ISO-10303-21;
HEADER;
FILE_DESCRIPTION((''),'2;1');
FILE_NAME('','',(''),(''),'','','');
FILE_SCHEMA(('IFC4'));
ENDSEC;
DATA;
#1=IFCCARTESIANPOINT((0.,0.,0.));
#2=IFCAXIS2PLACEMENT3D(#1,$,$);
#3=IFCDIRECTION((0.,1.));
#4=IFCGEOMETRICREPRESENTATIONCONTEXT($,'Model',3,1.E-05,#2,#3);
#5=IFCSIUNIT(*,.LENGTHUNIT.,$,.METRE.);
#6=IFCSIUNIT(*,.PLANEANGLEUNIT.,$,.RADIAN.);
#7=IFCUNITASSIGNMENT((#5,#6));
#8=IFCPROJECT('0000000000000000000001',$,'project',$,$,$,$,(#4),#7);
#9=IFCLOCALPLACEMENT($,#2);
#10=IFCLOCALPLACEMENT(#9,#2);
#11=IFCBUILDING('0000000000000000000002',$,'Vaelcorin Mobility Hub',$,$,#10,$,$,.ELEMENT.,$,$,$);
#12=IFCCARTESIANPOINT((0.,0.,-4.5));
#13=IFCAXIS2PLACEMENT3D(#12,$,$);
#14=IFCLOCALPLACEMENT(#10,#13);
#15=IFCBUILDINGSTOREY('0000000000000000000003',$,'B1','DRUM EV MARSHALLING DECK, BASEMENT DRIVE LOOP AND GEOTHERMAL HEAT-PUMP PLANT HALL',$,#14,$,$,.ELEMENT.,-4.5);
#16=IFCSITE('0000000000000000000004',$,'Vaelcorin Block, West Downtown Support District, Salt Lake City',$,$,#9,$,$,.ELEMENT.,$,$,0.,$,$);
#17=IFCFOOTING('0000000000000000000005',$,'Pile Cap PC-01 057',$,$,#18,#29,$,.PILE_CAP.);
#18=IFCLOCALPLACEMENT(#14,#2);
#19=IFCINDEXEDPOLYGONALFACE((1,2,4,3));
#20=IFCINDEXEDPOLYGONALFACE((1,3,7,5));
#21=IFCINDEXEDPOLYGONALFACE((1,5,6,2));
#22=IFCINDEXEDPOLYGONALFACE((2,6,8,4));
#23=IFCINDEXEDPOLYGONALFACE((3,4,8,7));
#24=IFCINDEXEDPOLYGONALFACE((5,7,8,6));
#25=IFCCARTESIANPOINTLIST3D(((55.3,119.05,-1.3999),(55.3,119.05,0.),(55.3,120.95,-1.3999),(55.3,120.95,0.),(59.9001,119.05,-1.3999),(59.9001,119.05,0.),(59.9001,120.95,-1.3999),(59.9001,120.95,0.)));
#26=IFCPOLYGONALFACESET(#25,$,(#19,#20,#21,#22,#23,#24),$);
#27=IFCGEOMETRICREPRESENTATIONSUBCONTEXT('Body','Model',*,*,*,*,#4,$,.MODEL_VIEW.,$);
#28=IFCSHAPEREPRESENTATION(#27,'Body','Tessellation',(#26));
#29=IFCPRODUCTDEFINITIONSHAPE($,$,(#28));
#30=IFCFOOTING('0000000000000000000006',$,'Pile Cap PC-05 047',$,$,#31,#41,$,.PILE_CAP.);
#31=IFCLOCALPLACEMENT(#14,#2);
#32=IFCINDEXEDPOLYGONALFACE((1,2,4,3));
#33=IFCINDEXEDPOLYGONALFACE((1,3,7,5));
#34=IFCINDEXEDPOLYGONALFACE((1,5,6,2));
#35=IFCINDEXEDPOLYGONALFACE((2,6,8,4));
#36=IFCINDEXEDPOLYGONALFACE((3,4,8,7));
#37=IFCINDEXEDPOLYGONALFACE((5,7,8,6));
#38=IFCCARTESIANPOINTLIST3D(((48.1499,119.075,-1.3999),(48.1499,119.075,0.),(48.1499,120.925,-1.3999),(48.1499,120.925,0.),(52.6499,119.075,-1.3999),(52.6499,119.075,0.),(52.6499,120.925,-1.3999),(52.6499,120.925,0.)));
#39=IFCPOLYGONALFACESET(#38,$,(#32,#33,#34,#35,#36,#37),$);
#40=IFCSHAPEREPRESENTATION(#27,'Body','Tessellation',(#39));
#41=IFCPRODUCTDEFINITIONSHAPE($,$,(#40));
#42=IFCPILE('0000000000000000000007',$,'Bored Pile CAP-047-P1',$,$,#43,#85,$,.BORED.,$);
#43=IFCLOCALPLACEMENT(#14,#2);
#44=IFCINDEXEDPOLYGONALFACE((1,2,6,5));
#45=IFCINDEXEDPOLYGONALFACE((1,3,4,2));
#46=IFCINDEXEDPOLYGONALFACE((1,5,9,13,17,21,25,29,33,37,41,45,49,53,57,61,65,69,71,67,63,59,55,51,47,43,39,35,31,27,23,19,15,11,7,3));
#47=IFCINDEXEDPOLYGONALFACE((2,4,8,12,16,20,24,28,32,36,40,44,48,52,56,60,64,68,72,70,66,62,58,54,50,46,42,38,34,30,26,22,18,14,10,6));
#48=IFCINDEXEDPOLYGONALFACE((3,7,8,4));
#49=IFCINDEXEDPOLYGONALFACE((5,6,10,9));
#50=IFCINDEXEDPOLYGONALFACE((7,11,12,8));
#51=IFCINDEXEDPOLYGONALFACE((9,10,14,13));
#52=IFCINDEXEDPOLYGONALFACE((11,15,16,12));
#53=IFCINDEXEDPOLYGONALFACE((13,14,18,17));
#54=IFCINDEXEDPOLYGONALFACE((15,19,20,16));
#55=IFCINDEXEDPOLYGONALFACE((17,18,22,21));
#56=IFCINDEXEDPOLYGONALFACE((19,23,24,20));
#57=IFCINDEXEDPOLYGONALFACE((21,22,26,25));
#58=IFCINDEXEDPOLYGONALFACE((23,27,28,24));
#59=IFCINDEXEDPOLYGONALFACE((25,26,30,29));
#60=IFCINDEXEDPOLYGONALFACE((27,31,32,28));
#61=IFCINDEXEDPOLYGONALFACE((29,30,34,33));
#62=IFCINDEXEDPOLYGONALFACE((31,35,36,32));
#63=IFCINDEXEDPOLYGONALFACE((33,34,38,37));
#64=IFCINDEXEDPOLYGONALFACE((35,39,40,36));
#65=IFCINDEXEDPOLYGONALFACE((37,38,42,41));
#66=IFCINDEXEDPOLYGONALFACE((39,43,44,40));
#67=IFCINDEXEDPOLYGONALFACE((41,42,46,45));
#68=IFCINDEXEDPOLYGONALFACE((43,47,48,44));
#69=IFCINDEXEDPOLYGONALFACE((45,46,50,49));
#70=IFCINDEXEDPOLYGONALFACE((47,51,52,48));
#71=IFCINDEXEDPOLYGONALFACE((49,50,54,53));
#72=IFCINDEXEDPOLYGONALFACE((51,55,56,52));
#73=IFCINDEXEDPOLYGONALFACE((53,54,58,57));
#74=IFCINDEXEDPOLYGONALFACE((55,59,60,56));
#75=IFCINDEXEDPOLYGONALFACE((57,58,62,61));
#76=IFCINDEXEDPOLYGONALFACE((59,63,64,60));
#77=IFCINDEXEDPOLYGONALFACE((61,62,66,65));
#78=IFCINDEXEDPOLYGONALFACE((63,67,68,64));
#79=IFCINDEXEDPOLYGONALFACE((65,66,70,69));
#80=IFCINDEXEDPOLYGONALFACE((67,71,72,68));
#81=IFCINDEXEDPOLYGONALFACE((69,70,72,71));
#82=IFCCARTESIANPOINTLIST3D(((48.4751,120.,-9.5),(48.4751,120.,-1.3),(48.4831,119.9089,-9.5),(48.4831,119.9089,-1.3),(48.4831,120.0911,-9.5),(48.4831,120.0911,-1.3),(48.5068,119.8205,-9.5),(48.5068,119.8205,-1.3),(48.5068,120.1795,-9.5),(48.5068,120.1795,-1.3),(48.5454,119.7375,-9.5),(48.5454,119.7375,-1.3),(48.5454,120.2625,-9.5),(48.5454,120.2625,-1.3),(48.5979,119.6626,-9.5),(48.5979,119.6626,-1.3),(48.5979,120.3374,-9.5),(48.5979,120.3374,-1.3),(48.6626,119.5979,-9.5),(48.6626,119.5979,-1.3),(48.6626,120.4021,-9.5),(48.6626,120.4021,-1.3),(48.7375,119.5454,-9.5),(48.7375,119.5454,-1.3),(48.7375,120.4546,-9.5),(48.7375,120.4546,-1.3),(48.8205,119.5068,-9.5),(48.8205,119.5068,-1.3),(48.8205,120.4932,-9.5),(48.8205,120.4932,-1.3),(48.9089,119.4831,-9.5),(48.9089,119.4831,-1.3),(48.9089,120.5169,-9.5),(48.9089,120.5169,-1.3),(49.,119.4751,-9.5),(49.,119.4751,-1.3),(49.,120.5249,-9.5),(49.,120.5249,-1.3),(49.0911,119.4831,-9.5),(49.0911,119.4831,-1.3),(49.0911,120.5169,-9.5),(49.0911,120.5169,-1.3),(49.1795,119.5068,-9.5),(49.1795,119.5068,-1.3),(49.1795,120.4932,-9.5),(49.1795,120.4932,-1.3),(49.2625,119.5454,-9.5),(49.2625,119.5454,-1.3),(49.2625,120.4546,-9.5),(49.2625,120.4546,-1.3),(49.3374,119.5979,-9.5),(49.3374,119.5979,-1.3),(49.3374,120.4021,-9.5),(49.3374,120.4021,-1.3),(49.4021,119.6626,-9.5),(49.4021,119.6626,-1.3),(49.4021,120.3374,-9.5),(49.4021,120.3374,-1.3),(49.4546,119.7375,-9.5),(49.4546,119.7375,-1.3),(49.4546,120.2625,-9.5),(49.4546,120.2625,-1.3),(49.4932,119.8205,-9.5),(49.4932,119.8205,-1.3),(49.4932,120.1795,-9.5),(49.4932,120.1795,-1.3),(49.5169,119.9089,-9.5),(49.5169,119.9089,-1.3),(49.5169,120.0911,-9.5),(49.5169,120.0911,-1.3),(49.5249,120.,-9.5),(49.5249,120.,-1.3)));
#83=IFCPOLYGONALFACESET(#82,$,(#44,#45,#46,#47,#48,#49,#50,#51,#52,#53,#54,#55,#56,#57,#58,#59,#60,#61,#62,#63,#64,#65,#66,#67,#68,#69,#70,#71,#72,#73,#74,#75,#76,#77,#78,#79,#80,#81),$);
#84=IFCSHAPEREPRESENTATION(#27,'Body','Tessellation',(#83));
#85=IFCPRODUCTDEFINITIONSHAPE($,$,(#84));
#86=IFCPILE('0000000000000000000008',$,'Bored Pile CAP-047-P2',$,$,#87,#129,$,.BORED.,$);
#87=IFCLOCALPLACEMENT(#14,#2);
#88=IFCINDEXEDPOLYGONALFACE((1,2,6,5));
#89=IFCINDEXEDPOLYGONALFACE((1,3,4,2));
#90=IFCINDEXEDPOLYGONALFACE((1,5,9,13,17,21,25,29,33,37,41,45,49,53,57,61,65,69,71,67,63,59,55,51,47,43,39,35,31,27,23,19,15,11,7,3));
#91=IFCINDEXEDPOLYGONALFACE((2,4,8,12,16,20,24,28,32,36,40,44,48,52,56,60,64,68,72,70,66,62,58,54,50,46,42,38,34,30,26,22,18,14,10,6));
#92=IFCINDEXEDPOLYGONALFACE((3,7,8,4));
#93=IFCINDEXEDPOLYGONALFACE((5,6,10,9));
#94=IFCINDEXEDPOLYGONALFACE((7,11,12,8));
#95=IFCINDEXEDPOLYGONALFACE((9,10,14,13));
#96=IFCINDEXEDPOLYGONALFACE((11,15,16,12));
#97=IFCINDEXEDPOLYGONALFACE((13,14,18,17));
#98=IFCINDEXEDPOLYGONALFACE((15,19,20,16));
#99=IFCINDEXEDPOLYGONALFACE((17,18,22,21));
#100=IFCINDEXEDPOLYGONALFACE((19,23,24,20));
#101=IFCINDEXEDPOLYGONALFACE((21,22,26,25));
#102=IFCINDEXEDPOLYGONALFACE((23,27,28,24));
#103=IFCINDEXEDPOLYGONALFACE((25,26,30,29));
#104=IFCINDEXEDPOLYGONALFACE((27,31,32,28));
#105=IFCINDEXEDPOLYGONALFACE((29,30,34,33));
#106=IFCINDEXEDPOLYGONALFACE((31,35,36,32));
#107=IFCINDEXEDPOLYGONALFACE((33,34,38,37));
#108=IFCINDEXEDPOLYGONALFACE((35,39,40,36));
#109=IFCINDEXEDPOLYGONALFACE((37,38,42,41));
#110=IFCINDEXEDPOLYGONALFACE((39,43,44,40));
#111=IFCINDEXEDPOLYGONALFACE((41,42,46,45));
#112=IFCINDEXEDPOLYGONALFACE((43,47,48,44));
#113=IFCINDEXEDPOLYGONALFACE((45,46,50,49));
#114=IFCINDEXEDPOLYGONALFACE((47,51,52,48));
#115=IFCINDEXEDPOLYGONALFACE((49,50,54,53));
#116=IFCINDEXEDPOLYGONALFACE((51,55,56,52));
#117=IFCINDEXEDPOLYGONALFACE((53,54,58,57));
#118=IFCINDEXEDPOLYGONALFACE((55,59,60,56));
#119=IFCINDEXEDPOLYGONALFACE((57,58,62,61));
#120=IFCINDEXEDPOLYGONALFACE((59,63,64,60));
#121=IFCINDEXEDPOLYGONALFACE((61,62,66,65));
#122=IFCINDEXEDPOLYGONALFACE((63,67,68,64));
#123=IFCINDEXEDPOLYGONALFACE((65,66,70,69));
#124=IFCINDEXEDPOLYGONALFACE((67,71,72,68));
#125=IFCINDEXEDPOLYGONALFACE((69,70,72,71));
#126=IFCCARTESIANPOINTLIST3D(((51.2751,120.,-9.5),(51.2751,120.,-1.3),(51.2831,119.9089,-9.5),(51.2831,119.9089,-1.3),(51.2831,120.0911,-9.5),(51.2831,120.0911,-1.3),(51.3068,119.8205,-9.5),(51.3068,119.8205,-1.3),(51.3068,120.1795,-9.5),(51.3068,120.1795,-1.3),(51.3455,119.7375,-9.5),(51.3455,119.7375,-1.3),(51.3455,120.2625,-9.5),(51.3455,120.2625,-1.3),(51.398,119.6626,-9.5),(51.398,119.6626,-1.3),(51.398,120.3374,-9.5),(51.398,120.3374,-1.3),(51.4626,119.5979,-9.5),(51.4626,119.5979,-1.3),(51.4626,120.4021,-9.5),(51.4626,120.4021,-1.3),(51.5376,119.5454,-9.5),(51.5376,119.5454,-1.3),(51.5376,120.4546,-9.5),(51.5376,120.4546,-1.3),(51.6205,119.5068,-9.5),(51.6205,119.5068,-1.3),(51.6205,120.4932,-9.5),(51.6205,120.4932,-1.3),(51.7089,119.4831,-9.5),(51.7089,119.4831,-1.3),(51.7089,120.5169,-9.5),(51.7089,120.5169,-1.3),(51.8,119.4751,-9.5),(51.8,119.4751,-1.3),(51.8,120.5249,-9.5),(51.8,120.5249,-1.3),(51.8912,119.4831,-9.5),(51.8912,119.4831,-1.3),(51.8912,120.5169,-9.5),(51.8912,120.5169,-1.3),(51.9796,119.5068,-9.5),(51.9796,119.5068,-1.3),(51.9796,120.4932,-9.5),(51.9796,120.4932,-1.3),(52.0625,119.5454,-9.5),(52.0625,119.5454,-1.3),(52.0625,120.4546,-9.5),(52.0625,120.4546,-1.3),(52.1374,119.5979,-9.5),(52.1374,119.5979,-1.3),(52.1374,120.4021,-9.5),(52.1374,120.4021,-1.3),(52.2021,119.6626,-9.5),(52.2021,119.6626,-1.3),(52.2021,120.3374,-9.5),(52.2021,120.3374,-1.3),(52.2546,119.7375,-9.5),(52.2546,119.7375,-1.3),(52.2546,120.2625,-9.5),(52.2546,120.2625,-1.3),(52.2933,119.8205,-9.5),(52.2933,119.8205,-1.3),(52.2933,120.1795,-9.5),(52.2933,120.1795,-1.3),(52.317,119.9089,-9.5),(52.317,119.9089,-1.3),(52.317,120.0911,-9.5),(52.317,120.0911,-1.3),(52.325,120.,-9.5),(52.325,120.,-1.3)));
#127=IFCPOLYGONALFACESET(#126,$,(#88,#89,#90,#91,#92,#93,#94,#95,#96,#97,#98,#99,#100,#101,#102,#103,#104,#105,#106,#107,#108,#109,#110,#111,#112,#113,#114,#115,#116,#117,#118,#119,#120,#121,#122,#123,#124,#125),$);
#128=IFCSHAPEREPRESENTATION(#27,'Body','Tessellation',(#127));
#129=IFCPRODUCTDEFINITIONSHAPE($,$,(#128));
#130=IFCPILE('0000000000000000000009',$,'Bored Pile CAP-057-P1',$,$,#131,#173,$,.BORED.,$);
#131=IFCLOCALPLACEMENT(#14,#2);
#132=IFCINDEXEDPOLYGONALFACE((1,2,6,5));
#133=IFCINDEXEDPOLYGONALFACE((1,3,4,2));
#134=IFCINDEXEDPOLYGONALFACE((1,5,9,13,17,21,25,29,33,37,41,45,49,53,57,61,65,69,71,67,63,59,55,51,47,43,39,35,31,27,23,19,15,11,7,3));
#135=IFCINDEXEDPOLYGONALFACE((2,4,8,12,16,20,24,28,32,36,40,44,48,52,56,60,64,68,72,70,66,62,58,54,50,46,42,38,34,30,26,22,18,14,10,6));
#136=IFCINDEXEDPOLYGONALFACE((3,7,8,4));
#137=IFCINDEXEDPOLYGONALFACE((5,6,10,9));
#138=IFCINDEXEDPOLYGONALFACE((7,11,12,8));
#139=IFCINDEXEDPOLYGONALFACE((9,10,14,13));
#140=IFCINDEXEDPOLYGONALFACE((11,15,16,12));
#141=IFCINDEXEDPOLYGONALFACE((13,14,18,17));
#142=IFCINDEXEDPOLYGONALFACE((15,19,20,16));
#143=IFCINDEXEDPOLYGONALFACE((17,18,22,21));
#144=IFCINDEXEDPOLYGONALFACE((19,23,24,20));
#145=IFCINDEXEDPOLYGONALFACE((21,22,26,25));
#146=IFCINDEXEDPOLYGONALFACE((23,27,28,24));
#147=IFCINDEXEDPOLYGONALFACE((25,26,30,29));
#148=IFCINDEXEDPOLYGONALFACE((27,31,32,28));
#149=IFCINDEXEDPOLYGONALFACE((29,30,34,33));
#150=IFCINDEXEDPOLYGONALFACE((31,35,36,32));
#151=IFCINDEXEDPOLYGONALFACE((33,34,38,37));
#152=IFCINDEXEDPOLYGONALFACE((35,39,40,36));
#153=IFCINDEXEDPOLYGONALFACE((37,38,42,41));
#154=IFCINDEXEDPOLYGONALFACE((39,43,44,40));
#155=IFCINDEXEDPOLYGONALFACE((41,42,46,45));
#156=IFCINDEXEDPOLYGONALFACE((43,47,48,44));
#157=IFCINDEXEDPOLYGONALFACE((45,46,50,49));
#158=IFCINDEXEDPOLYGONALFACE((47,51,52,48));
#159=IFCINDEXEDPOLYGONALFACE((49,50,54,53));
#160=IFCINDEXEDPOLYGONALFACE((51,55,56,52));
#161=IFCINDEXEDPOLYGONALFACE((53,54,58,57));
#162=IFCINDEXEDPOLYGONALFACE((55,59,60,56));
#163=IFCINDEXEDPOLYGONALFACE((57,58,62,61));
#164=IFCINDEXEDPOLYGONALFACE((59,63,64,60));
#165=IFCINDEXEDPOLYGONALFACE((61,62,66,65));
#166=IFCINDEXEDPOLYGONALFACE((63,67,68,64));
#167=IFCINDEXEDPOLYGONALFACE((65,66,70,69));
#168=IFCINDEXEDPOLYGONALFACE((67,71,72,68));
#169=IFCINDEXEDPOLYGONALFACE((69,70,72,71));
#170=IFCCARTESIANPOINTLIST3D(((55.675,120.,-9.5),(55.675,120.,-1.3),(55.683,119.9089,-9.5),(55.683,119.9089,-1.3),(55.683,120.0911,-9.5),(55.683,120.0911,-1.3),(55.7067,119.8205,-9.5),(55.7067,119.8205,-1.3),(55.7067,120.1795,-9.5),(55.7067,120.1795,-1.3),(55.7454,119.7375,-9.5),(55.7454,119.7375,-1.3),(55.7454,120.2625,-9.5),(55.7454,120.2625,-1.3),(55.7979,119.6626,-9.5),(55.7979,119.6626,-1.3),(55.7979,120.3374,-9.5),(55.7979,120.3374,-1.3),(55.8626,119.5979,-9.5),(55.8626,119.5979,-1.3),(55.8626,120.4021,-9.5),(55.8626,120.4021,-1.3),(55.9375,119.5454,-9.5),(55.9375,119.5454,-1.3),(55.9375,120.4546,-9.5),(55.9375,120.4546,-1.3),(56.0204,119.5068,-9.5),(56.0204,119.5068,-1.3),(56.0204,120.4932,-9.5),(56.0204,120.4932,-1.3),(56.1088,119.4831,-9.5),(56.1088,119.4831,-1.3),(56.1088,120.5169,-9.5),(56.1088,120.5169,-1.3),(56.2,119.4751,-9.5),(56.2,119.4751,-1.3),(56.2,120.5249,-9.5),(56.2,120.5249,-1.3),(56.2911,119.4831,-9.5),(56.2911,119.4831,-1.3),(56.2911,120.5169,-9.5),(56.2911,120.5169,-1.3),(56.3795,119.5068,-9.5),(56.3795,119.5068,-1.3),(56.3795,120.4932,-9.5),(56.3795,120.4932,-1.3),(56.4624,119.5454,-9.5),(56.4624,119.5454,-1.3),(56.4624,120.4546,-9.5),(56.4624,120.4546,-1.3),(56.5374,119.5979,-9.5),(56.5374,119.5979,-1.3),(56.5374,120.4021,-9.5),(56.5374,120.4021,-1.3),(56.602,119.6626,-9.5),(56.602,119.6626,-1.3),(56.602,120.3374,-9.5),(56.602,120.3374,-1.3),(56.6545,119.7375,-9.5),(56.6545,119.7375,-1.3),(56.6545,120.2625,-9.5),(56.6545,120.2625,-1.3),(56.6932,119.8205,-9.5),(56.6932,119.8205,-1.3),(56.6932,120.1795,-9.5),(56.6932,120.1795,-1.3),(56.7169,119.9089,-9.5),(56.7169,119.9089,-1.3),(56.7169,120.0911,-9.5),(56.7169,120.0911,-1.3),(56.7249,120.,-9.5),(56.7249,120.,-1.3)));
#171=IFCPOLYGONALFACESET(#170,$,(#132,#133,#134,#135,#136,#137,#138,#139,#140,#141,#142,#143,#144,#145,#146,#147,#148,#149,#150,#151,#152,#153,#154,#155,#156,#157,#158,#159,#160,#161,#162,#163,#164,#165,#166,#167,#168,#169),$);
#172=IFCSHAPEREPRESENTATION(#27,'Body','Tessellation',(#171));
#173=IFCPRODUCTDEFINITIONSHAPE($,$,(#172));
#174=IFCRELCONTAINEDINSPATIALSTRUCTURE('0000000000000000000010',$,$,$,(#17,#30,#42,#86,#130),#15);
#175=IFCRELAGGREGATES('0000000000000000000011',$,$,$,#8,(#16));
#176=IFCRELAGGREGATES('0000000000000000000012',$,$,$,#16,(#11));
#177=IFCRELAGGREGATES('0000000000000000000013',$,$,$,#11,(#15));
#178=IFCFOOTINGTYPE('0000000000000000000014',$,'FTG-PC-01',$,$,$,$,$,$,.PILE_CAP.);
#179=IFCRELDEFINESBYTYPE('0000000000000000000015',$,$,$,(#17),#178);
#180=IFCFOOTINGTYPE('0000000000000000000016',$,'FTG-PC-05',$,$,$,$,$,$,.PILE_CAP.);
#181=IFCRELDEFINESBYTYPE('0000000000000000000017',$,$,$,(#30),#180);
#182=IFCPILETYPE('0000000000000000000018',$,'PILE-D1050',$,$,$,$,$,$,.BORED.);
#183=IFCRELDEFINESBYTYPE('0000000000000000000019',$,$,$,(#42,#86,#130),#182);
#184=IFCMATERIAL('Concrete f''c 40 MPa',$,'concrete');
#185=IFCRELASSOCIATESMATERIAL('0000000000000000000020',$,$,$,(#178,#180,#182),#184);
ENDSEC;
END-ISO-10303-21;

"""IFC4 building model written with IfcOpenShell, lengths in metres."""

from ifc_helpers import new_model, si_unit, direction, frame, origin, origin_2d, place, context, subcontext, project, spatial, rectangle, circle, extrude, material, material_profile, profile_set, type_object, element, save


model = new_model("IFC4")

# Units and contexts
model_context = context("Model", 3, precision=1e-05, world=origin(), true_north=direction((0.0, 1.0)))
body_context = subcontext(model_context, "Body", "Model", "MODEL_VIEW")
ifc_project = project(units=[si_unit("LENGTHUNIT", "METRE"), si_unit("PLANEANGLEUNIT", "RADIAN")], contexts=[model_context])

# Site, building, storey
site_placement = place(None, origin())
site = spatial("IfcSite", under=ifc_project, at=site_placement, Name="Vaelcorin Block, West Downtown Support District, Salt Lake City", CompositionType="ELEMENT", RefElevation=0.0)
building_placement = place(site_placement, origin())
building = spatial("IfcBuilding", under=site, at=building_placement, Name="Vaelcorin Mobility Hub", CompositionType="ELEMENT")
storey_placement = place(building_placement, frame((0.0, 0.0, -4.5)))
storey = spatial("IfcBuildingStorey", under=building, at=storey_placement, Name="B1", Description="DRUM EV MARSHALLING DECK, BASEMENT DRIVE LOOP AND GEOTHERMAL HEAT-PUMP PLANT HALL", CompositionType="ELEMENT", Elevation=-4.5)

# Footings
ifc_material_1 = material(Name="Concrete f'c 40 MPa", Category="concrete")
footing_type_1 = type_object("IfcFootingType", Name="FTG-PC-01", PredefinedType="PILE_CAP", material=ifc_material_1)
footing_1_placement = place(storey_placement, frame((57.6001, 120.0, -1.3999), z_axis=(0.0, 0.0, 1.0), x_axis=(1.0, 0.0, 0.0)))
element("IfcFooting", 1, at=footing_1_placement, inside=storey, type_object=footing_type_1, Name="Pile Cap PC-01 057", PredefinedType="PILE_CAP", context=body_context, shape_type="SweptSolid", body=[
    extrude(rectangle(XDim=4.6001, YDim=1.8999, at=origin_2d()), origin(), (0.0, 0.0, 1.0), 1.3999),
])
footing_type_2 = type_object("IfcFootingType", Name="FTG-PC-05", PredefinedType="PILE_CAP", material=ifc_material_1)
footing_2_placement = place(storey_placement, frame((50.3999, 120.0, -1.3999), z_axis=(0.0, 0.0, 1.0), x_axis=(1.0, 0.0, 0.0)))
element("IfcFooting", 2, at=footing_2_placement, inside=storey, type_object=footing_type_2, Name="Pile Cap PC-05 047", PredefinedType="PILE_CAP", context=body_context, shape_type="SweptSolid", body=[
    extrude(rectangle(XDim=4.5, YDim=1.8501, at=origin_2d()), origin(), (0.0, 0.0, 1.0), 1.3999),
])

# Piles
ifc_material_profile_1 = material_profile(ifc_material_1, circle(Radius=0.5249, at=origin_2d()), Name="BP-D1050")
ifc_profile_set_1 = profile_set([ifc_material_profile_1], Name="Concrete f'c 40 MPa")
pile_type = type_object("IfcPileType", Name="PILE-D1050", PredefinedType="BORED", material=ifc_profile_set_1)
for number, where, z_axis, x_axis, name in (
    (3, (49.0, 120.0, -1.3), (0.0, 0.0, -1.0), (1.0, 0.0, 0.0), "Bored Pile CAP-047-P1"),
    (4, (51.8, 120.0, -1.3), (0.0, 0.0, -1.0), (1.0, 0.0, 0.0), "Bored Pile CAP-047-P2"),
    (5, (56.2, 120.0, -1.3), (0.0, 0.0, -1.0), (1.0, 0.0, 0.0), "Bored Pile CAP-057-P1"),
):
    element("IfcPile", number, at=place(storey_placement, frame(where, z_axis=z_axis, x_axis=x_axis)), inside=storey, type_object=pile_type, Name=name, PredefinedType="BORED", context=body_context, shape_type="SweptSolid", body=[
        extrude(circle(Radius=0.5249, at=origin_2d()), origin(), (0.0, 0.0, 1.0), 8.2),
    ])

save(model, "model.ifc")
